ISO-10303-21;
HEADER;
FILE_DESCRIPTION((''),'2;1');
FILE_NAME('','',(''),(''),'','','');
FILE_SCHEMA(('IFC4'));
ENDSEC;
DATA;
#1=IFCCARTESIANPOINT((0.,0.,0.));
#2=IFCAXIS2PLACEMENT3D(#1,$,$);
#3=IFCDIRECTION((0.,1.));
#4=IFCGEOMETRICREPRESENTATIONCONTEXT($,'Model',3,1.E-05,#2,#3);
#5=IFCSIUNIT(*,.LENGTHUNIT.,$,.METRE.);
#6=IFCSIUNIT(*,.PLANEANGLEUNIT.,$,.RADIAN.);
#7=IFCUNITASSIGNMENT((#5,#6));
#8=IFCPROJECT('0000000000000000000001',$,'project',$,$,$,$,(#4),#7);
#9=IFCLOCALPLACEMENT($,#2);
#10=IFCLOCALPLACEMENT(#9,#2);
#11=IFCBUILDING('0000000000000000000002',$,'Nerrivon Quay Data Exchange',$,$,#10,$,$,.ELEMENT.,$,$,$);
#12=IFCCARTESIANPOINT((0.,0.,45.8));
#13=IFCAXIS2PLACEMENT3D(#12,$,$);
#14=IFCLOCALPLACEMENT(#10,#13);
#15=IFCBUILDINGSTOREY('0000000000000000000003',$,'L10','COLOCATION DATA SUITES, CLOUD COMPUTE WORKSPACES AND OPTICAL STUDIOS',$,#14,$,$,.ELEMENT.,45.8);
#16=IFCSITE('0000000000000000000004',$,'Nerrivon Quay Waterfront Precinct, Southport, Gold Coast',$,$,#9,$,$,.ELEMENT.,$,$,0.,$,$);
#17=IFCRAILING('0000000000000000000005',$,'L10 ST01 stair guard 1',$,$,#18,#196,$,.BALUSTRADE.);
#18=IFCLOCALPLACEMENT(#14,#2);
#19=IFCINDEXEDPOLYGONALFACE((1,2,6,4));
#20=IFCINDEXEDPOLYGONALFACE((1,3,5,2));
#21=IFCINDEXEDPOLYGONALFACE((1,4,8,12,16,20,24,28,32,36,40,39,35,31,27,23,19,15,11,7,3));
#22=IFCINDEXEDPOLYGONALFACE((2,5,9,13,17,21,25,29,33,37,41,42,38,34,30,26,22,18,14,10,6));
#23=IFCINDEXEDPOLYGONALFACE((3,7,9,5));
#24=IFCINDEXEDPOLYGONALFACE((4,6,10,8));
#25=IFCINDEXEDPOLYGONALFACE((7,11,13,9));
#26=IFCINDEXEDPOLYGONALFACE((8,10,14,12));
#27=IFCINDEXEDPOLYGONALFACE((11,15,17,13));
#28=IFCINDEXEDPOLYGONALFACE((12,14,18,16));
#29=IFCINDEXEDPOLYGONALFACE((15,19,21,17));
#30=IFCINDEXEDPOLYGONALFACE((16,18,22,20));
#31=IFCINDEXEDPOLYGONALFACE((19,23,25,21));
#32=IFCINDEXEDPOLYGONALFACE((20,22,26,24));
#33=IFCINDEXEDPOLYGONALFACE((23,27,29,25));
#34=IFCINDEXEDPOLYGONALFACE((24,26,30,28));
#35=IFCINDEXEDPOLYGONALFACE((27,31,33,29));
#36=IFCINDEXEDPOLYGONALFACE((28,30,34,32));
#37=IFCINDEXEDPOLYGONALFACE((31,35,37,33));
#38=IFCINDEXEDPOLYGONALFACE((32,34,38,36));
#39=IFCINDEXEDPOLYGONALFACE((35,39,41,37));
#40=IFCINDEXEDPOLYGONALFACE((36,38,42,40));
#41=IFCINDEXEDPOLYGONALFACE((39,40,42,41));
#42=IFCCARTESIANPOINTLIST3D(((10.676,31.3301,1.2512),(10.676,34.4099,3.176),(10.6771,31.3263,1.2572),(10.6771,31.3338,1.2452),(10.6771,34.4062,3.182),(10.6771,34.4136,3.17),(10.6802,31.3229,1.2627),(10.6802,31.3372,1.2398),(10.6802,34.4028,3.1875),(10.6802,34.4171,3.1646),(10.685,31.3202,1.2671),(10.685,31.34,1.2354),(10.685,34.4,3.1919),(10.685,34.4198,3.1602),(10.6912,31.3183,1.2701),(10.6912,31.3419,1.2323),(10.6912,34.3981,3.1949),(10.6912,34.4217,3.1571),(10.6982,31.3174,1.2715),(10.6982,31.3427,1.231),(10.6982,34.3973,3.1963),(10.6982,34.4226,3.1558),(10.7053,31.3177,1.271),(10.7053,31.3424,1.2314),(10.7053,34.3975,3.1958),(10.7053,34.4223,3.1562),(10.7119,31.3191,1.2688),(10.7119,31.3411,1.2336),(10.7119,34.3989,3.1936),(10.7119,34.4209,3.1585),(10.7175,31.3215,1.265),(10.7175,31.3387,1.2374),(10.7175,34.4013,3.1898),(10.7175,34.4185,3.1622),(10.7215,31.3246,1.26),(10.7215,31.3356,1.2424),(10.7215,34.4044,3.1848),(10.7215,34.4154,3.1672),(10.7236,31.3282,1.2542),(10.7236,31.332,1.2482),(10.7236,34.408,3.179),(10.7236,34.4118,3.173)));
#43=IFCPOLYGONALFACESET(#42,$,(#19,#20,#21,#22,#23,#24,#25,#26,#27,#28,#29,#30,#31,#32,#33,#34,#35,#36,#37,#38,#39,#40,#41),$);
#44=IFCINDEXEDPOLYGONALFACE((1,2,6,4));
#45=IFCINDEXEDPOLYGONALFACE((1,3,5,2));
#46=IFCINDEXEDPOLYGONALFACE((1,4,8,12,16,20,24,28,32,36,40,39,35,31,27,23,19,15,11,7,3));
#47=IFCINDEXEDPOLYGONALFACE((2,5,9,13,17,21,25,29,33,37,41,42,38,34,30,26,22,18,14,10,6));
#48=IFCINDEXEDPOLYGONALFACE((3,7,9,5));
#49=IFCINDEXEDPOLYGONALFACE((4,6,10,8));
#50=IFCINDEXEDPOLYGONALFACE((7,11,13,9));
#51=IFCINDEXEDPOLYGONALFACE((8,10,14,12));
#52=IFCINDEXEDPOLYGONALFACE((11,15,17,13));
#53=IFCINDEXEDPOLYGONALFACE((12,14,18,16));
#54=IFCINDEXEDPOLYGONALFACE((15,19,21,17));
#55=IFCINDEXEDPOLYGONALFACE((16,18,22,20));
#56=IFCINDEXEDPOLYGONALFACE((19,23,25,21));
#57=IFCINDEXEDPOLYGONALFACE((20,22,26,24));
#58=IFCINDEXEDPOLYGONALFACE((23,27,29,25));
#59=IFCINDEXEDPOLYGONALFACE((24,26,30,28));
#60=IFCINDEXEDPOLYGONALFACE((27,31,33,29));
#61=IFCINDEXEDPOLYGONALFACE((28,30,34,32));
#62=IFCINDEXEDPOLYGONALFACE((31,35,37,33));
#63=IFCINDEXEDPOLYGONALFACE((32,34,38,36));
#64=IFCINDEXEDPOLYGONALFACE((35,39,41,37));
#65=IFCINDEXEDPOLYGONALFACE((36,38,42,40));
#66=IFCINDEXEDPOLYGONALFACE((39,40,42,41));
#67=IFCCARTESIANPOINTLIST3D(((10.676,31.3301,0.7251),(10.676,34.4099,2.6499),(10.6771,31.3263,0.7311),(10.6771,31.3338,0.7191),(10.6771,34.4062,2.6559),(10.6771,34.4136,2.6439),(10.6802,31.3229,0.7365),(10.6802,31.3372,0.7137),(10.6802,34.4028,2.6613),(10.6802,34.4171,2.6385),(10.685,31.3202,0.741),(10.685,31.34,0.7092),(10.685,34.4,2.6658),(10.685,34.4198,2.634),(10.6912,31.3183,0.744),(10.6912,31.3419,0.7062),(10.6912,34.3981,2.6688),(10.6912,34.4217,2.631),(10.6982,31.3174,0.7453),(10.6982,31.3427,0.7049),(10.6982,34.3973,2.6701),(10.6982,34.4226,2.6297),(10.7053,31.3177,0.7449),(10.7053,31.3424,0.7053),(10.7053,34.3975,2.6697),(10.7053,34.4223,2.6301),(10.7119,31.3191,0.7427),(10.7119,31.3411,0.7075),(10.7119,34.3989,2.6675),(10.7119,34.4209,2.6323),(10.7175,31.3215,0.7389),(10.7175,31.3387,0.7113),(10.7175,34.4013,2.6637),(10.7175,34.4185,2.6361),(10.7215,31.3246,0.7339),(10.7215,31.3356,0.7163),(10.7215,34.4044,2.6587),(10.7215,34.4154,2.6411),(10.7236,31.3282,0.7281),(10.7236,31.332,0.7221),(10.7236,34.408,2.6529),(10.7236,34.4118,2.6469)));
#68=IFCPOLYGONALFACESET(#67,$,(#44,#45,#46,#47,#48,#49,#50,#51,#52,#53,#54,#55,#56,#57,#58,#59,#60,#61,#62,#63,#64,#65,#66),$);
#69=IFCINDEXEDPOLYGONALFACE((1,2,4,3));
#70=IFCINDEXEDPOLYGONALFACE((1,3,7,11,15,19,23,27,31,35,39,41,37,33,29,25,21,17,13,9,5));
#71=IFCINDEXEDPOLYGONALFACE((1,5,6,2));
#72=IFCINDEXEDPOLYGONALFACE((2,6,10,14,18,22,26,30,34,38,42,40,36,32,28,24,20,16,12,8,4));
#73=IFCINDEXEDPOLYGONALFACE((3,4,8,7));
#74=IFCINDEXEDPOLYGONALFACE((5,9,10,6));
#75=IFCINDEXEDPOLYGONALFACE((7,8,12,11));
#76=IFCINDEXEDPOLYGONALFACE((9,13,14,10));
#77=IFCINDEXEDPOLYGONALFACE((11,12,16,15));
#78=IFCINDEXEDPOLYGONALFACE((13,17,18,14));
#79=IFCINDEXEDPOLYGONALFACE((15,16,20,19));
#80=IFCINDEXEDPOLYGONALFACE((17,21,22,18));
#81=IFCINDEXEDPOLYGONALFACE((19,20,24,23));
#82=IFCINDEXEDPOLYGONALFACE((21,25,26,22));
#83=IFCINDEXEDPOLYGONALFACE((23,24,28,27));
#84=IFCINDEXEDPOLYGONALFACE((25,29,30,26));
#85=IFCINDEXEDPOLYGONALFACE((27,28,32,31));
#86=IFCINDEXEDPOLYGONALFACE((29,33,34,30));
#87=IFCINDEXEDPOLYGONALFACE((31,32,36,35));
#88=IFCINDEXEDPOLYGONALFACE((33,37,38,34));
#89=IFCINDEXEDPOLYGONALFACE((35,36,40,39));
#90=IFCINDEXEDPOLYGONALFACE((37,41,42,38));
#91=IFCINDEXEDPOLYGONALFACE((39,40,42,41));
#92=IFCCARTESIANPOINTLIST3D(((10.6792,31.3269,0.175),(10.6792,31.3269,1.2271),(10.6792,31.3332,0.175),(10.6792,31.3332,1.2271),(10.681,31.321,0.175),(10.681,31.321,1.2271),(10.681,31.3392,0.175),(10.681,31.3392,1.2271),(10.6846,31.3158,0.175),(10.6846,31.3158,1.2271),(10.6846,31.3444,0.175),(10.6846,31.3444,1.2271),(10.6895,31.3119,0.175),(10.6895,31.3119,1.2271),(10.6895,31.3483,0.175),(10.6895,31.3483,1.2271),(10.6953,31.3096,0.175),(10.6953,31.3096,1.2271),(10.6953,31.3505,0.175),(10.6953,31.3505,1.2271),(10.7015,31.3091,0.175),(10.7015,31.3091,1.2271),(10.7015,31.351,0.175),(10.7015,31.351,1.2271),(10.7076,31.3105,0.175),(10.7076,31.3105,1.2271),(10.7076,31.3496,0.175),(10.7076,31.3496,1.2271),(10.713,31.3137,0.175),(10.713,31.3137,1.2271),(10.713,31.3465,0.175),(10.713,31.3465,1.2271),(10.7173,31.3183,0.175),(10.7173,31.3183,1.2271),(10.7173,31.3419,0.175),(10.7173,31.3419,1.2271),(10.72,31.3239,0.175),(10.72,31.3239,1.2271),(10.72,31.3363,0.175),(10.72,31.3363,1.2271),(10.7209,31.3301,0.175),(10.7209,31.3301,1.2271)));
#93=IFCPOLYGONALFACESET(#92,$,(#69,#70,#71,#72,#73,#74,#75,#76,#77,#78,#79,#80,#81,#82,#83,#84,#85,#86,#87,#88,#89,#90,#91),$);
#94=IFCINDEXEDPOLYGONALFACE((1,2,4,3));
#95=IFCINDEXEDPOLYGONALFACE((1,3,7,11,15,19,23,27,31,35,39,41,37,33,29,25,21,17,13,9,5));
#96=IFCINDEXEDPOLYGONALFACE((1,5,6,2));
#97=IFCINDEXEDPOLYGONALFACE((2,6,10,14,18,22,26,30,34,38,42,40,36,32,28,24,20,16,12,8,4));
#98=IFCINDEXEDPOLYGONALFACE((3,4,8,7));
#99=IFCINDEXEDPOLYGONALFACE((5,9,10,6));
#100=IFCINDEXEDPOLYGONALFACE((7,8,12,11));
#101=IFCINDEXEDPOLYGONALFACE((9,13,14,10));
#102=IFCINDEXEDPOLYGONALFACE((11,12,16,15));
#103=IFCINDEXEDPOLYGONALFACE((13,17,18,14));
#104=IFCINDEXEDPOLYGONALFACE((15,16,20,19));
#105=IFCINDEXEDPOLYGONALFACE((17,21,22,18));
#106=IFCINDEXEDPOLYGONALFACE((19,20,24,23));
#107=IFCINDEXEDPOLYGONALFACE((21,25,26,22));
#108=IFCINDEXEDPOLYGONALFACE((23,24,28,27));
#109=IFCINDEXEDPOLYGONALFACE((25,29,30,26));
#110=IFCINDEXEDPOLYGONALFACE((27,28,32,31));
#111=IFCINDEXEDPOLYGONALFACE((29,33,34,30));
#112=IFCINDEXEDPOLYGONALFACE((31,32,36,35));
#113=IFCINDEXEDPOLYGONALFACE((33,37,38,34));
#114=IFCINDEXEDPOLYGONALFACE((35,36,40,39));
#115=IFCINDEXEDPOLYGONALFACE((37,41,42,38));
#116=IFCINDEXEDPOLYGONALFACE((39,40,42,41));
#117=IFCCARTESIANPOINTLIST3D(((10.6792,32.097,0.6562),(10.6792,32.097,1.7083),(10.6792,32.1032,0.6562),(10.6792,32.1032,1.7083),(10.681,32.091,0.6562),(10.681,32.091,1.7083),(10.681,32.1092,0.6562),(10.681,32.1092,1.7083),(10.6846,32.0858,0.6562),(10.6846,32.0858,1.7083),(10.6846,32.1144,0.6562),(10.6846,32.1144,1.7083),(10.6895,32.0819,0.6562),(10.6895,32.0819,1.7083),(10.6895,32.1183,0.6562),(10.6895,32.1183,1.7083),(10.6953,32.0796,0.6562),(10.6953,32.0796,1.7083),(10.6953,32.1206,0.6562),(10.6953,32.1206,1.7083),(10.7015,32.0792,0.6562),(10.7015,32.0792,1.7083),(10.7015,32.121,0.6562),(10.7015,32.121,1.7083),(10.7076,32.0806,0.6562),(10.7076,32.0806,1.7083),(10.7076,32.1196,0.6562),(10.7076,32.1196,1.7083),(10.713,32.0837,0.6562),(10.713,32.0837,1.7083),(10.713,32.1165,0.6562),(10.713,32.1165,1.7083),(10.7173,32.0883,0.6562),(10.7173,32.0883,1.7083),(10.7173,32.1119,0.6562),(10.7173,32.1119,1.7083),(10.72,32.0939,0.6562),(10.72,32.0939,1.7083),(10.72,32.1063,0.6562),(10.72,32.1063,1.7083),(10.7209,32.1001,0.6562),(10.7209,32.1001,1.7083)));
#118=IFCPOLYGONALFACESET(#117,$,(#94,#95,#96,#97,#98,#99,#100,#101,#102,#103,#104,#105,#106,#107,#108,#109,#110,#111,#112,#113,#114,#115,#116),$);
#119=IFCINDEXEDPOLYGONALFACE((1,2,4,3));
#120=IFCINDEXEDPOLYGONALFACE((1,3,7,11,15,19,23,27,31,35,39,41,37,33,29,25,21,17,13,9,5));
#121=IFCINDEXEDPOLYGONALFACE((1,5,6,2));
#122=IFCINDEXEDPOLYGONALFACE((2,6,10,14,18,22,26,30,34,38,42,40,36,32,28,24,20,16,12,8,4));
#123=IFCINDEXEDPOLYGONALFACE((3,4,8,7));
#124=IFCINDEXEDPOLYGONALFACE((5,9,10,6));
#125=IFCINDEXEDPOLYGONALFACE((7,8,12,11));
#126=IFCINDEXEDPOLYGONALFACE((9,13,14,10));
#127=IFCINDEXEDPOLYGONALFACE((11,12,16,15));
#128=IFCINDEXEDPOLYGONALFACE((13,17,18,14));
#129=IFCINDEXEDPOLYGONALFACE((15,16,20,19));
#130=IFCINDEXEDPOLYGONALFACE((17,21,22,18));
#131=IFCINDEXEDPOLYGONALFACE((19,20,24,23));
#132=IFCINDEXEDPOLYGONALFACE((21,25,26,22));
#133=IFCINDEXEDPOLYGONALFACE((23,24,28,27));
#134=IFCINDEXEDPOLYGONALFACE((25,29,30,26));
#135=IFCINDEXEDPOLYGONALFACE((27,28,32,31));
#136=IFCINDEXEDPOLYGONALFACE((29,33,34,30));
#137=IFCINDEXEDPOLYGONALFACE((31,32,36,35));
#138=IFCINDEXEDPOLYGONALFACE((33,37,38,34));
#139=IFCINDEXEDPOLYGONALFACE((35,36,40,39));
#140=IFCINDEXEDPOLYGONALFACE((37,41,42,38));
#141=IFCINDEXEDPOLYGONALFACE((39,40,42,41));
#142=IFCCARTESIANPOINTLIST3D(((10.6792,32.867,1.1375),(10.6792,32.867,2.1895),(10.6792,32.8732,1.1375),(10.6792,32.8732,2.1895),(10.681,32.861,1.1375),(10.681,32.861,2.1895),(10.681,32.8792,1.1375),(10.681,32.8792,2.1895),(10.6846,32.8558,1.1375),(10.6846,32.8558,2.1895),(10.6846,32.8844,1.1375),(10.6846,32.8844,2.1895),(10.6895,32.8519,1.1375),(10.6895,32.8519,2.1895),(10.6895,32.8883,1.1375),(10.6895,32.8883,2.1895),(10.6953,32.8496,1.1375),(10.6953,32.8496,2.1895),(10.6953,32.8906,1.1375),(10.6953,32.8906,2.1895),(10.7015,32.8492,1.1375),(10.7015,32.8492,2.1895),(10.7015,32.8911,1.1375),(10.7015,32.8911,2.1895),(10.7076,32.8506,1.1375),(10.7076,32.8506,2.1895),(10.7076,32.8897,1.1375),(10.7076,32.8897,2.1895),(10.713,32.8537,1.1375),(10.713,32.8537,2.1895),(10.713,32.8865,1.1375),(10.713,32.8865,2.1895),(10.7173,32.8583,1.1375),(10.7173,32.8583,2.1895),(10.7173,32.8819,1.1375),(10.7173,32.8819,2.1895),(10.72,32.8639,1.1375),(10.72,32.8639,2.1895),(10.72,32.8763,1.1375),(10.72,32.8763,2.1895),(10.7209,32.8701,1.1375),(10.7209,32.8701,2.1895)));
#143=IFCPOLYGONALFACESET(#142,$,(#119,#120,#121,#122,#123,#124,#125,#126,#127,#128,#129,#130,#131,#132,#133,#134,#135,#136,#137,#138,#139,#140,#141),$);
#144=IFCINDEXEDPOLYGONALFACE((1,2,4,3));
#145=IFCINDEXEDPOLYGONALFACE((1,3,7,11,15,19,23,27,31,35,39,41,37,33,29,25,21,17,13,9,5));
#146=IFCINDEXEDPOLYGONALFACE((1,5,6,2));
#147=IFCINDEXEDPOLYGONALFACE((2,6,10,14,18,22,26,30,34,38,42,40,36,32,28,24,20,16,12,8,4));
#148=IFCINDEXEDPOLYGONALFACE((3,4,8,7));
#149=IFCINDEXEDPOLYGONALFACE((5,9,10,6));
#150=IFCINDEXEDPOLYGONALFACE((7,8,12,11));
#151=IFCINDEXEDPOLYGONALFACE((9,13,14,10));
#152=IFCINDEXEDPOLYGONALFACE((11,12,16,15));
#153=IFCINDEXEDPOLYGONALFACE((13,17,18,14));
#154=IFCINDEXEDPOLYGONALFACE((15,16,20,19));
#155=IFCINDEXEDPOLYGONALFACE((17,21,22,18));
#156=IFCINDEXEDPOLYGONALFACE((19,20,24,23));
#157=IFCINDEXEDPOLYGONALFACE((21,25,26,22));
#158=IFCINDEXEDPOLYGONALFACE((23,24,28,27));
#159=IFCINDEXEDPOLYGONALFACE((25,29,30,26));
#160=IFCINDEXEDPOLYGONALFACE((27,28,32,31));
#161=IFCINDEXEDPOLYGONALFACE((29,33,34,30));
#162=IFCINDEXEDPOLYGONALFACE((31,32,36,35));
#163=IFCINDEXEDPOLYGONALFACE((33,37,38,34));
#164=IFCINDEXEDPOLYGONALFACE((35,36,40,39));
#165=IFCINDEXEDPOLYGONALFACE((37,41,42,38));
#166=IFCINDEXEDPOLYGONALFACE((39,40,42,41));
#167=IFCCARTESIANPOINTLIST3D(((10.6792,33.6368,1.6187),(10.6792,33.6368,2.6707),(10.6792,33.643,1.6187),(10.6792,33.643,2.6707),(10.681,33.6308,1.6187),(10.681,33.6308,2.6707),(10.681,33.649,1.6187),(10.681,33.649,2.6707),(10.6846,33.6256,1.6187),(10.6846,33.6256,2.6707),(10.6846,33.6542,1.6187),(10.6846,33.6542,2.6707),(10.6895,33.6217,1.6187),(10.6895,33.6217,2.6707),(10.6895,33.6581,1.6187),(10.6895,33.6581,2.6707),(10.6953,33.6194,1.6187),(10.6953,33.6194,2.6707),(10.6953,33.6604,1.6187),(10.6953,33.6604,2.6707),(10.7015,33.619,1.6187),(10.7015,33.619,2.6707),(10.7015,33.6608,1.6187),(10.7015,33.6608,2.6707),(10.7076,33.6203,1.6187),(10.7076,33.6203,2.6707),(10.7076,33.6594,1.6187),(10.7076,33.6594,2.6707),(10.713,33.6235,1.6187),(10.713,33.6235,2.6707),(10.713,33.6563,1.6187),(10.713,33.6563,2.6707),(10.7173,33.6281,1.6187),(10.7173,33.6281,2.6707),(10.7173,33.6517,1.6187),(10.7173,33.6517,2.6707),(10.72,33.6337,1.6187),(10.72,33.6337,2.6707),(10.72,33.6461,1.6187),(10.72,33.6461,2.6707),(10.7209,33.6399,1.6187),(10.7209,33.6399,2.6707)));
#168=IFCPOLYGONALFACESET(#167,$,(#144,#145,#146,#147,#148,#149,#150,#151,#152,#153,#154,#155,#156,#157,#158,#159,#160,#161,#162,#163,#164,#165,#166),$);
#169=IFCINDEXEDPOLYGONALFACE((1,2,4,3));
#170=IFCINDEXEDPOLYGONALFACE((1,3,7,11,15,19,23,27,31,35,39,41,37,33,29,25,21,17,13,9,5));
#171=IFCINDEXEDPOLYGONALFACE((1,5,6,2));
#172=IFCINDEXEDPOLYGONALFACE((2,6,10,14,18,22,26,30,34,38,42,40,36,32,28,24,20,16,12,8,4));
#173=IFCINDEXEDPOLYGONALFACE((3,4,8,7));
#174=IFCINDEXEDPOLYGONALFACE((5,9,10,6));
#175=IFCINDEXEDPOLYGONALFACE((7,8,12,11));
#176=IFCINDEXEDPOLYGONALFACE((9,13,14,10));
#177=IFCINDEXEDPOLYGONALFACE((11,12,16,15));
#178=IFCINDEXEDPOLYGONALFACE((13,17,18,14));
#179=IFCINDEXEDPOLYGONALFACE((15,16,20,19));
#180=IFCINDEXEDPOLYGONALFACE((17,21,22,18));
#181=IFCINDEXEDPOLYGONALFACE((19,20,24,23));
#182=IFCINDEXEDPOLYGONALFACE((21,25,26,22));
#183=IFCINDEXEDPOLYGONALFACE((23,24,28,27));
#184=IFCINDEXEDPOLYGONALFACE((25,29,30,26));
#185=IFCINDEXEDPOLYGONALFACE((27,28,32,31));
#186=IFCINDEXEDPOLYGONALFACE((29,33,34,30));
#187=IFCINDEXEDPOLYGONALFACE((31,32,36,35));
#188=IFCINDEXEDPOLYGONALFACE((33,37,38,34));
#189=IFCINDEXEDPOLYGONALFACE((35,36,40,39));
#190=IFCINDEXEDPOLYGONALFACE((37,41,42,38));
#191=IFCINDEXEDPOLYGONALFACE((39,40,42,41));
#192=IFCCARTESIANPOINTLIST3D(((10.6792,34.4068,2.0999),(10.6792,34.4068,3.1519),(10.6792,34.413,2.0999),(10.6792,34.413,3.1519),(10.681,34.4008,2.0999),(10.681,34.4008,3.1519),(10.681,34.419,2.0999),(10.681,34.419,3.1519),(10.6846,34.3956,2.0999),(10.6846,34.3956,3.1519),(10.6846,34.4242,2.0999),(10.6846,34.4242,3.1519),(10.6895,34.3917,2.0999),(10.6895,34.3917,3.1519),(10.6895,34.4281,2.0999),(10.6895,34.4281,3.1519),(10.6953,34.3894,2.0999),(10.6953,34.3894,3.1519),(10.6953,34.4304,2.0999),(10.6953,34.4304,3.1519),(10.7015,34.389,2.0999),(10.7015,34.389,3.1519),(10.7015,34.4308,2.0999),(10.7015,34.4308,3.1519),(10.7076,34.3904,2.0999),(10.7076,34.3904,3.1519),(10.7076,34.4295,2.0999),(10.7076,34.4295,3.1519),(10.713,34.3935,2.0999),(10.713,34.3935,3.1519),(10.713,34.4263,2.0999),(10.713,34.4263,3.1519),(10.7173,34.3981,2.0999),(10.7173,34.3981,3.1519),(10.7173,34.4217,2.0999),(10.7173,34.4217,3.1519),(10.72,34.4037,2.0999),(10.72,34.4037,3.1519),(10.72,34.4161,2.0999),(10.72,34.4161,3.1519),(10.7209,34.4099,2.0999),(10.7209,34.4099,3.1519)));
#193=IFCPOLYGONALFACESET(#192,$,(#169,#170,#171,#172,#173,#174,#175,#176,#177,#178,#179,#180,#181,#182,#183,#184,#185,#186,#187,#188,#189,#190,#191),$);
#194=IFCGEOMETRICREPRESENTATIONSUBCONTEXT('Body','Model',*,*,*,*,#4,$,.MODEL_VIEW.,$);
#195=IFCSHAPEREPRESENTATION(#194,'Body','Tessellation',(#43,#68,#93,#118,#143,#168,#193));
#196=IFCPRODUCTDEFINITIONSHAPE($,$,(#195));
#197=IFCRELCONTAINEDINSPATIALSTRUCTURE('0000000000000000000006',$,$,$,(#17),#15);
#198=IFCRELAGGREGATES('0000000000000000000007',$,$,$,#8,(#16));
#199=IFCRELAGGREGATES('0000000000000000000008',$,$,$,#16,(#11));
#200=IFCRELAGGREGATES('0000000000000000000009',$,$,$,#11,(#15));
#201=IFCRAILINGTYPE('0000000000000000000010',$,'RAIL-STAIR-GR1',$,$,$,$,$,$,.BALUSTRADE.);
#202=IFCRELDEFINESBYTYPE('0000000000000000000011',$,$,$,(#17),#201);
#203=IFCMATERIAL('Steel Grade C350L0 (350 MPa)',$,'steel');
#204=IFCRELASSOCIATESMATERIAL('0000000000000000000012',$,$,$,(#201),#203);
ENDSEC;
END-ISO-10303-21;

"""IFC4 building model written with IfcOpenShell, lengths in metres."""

from ifc_helpers import new_model, si_unit, direction, frame, origin, origin_2d, place, context, subcontext, project, spatial, circle, extrude, material, type_object, element, save


model = new_model("IFC4")

# Units and contexts
model_context = context("Model", 3, precision=1e-05, world=origin(), true_north=direction((0.0, 1.0)))
body_context = subcontext(model_context, "Body", "Model", "MODEL_VIEW")
ifc_project = project(units=[si_unit("LENGTHUNIT", "METRE"), si_unit("PLANEANGLEUNIT", "RADIAN")], contexts=[model_context])

# Site, building, storey
site_placement = place(None, origin())
site = spatial("IfcSite", under=ifc_project, at=site_placement, Name="Nerrivon Quay Waterfront Precinct, Southport, Gold Coast", CompositionType="ELEMENT", RefElevation=0.0)
building_placement = place(site_placement, origin())
building = spatial("IfcBuilding", under=site, at=building_placement, Name="Nerrivon Quay Data Exchange", CompositionType="ELEMENT")
storey_placement = place(building_placement, frame((0.0, 0.0, 45.8)))
storey = spatial("IfcBuildingStorey", under=building, at=storey_placement, Name="L10", Description="COLOCATION DATA SUITES, CLOUD COMPUTE WORKSPACES AND OPTICAL STUDIOS", CompositionType="ELEMENT", Elevation=45.8)

# Railing
ifc_material_1 = material(Name="Steel Grade C350L0 (350 MPa)", Category="steel")
railing_type_1 = type_object("IfcRailingType", Name="RAIL-STAIR-GR1", PredefinedType="BALUSTRADE", material=ifc_material_1)
railing_1_placement = place(storey_placement, frame((10.7, 31.3301, 0.175)))
element("IfcRailing", 1, at=railing_1_placement, inside=storey, type_object=railing_type_1, Name="L10 ST01 stair guard 1", PredefinedType="BALUSTRADE", context=body_context, shape_type="SweptSolid", body=[
    extrude(circle(Radius=0.0239, at=origin_2d()), frame((0.0, 0.0, 1.0762), z_axis=(0.0, 0.84801, 0.529981), x_axis=(-1.0, 0.0, 0.0)), (0.0, 0.0, 1.0), 3.6318),
    extrude(circle(Radius=0.0239, at=origin_2d()), frame((0.0, 0.0, 0.55), z_axis=(0.0, 0.84801, 0.529981), x_axis=(-1.0, 0.0, 0.0)), (0.0, 0.0, 1.0), 3.6318),
    extrude(circle(Radius=0.021, at=origin_2d()), origin(), (0.0, 0.0, 1.0), 1.052),
    extrude(circle(Radius=0.021, at=origin_2d()), frame((0.0, 0.77, 0.4812)), (0.0, 0.0, 1.0), 1.052),
    extrude(circle(Radius=0.021, at=origin_2d()), frame((0.0, 1.54, 0.9624)), (0.0, 0.0, 1.0), 1.052),
    extrude(circle(Radius=0.021, at=origin_2d()), frame((0.0, 2.3098, 1.4436)), (0.0, 0.0, 1.0), 1.052),
    extrude(circle(Radius=0.021, at=origin_2d()), frame((0.0, 3.0798, 1.9248)), (0.0, 0.0, 1.0), 1.052),
])

save(model, "model.ifc")
